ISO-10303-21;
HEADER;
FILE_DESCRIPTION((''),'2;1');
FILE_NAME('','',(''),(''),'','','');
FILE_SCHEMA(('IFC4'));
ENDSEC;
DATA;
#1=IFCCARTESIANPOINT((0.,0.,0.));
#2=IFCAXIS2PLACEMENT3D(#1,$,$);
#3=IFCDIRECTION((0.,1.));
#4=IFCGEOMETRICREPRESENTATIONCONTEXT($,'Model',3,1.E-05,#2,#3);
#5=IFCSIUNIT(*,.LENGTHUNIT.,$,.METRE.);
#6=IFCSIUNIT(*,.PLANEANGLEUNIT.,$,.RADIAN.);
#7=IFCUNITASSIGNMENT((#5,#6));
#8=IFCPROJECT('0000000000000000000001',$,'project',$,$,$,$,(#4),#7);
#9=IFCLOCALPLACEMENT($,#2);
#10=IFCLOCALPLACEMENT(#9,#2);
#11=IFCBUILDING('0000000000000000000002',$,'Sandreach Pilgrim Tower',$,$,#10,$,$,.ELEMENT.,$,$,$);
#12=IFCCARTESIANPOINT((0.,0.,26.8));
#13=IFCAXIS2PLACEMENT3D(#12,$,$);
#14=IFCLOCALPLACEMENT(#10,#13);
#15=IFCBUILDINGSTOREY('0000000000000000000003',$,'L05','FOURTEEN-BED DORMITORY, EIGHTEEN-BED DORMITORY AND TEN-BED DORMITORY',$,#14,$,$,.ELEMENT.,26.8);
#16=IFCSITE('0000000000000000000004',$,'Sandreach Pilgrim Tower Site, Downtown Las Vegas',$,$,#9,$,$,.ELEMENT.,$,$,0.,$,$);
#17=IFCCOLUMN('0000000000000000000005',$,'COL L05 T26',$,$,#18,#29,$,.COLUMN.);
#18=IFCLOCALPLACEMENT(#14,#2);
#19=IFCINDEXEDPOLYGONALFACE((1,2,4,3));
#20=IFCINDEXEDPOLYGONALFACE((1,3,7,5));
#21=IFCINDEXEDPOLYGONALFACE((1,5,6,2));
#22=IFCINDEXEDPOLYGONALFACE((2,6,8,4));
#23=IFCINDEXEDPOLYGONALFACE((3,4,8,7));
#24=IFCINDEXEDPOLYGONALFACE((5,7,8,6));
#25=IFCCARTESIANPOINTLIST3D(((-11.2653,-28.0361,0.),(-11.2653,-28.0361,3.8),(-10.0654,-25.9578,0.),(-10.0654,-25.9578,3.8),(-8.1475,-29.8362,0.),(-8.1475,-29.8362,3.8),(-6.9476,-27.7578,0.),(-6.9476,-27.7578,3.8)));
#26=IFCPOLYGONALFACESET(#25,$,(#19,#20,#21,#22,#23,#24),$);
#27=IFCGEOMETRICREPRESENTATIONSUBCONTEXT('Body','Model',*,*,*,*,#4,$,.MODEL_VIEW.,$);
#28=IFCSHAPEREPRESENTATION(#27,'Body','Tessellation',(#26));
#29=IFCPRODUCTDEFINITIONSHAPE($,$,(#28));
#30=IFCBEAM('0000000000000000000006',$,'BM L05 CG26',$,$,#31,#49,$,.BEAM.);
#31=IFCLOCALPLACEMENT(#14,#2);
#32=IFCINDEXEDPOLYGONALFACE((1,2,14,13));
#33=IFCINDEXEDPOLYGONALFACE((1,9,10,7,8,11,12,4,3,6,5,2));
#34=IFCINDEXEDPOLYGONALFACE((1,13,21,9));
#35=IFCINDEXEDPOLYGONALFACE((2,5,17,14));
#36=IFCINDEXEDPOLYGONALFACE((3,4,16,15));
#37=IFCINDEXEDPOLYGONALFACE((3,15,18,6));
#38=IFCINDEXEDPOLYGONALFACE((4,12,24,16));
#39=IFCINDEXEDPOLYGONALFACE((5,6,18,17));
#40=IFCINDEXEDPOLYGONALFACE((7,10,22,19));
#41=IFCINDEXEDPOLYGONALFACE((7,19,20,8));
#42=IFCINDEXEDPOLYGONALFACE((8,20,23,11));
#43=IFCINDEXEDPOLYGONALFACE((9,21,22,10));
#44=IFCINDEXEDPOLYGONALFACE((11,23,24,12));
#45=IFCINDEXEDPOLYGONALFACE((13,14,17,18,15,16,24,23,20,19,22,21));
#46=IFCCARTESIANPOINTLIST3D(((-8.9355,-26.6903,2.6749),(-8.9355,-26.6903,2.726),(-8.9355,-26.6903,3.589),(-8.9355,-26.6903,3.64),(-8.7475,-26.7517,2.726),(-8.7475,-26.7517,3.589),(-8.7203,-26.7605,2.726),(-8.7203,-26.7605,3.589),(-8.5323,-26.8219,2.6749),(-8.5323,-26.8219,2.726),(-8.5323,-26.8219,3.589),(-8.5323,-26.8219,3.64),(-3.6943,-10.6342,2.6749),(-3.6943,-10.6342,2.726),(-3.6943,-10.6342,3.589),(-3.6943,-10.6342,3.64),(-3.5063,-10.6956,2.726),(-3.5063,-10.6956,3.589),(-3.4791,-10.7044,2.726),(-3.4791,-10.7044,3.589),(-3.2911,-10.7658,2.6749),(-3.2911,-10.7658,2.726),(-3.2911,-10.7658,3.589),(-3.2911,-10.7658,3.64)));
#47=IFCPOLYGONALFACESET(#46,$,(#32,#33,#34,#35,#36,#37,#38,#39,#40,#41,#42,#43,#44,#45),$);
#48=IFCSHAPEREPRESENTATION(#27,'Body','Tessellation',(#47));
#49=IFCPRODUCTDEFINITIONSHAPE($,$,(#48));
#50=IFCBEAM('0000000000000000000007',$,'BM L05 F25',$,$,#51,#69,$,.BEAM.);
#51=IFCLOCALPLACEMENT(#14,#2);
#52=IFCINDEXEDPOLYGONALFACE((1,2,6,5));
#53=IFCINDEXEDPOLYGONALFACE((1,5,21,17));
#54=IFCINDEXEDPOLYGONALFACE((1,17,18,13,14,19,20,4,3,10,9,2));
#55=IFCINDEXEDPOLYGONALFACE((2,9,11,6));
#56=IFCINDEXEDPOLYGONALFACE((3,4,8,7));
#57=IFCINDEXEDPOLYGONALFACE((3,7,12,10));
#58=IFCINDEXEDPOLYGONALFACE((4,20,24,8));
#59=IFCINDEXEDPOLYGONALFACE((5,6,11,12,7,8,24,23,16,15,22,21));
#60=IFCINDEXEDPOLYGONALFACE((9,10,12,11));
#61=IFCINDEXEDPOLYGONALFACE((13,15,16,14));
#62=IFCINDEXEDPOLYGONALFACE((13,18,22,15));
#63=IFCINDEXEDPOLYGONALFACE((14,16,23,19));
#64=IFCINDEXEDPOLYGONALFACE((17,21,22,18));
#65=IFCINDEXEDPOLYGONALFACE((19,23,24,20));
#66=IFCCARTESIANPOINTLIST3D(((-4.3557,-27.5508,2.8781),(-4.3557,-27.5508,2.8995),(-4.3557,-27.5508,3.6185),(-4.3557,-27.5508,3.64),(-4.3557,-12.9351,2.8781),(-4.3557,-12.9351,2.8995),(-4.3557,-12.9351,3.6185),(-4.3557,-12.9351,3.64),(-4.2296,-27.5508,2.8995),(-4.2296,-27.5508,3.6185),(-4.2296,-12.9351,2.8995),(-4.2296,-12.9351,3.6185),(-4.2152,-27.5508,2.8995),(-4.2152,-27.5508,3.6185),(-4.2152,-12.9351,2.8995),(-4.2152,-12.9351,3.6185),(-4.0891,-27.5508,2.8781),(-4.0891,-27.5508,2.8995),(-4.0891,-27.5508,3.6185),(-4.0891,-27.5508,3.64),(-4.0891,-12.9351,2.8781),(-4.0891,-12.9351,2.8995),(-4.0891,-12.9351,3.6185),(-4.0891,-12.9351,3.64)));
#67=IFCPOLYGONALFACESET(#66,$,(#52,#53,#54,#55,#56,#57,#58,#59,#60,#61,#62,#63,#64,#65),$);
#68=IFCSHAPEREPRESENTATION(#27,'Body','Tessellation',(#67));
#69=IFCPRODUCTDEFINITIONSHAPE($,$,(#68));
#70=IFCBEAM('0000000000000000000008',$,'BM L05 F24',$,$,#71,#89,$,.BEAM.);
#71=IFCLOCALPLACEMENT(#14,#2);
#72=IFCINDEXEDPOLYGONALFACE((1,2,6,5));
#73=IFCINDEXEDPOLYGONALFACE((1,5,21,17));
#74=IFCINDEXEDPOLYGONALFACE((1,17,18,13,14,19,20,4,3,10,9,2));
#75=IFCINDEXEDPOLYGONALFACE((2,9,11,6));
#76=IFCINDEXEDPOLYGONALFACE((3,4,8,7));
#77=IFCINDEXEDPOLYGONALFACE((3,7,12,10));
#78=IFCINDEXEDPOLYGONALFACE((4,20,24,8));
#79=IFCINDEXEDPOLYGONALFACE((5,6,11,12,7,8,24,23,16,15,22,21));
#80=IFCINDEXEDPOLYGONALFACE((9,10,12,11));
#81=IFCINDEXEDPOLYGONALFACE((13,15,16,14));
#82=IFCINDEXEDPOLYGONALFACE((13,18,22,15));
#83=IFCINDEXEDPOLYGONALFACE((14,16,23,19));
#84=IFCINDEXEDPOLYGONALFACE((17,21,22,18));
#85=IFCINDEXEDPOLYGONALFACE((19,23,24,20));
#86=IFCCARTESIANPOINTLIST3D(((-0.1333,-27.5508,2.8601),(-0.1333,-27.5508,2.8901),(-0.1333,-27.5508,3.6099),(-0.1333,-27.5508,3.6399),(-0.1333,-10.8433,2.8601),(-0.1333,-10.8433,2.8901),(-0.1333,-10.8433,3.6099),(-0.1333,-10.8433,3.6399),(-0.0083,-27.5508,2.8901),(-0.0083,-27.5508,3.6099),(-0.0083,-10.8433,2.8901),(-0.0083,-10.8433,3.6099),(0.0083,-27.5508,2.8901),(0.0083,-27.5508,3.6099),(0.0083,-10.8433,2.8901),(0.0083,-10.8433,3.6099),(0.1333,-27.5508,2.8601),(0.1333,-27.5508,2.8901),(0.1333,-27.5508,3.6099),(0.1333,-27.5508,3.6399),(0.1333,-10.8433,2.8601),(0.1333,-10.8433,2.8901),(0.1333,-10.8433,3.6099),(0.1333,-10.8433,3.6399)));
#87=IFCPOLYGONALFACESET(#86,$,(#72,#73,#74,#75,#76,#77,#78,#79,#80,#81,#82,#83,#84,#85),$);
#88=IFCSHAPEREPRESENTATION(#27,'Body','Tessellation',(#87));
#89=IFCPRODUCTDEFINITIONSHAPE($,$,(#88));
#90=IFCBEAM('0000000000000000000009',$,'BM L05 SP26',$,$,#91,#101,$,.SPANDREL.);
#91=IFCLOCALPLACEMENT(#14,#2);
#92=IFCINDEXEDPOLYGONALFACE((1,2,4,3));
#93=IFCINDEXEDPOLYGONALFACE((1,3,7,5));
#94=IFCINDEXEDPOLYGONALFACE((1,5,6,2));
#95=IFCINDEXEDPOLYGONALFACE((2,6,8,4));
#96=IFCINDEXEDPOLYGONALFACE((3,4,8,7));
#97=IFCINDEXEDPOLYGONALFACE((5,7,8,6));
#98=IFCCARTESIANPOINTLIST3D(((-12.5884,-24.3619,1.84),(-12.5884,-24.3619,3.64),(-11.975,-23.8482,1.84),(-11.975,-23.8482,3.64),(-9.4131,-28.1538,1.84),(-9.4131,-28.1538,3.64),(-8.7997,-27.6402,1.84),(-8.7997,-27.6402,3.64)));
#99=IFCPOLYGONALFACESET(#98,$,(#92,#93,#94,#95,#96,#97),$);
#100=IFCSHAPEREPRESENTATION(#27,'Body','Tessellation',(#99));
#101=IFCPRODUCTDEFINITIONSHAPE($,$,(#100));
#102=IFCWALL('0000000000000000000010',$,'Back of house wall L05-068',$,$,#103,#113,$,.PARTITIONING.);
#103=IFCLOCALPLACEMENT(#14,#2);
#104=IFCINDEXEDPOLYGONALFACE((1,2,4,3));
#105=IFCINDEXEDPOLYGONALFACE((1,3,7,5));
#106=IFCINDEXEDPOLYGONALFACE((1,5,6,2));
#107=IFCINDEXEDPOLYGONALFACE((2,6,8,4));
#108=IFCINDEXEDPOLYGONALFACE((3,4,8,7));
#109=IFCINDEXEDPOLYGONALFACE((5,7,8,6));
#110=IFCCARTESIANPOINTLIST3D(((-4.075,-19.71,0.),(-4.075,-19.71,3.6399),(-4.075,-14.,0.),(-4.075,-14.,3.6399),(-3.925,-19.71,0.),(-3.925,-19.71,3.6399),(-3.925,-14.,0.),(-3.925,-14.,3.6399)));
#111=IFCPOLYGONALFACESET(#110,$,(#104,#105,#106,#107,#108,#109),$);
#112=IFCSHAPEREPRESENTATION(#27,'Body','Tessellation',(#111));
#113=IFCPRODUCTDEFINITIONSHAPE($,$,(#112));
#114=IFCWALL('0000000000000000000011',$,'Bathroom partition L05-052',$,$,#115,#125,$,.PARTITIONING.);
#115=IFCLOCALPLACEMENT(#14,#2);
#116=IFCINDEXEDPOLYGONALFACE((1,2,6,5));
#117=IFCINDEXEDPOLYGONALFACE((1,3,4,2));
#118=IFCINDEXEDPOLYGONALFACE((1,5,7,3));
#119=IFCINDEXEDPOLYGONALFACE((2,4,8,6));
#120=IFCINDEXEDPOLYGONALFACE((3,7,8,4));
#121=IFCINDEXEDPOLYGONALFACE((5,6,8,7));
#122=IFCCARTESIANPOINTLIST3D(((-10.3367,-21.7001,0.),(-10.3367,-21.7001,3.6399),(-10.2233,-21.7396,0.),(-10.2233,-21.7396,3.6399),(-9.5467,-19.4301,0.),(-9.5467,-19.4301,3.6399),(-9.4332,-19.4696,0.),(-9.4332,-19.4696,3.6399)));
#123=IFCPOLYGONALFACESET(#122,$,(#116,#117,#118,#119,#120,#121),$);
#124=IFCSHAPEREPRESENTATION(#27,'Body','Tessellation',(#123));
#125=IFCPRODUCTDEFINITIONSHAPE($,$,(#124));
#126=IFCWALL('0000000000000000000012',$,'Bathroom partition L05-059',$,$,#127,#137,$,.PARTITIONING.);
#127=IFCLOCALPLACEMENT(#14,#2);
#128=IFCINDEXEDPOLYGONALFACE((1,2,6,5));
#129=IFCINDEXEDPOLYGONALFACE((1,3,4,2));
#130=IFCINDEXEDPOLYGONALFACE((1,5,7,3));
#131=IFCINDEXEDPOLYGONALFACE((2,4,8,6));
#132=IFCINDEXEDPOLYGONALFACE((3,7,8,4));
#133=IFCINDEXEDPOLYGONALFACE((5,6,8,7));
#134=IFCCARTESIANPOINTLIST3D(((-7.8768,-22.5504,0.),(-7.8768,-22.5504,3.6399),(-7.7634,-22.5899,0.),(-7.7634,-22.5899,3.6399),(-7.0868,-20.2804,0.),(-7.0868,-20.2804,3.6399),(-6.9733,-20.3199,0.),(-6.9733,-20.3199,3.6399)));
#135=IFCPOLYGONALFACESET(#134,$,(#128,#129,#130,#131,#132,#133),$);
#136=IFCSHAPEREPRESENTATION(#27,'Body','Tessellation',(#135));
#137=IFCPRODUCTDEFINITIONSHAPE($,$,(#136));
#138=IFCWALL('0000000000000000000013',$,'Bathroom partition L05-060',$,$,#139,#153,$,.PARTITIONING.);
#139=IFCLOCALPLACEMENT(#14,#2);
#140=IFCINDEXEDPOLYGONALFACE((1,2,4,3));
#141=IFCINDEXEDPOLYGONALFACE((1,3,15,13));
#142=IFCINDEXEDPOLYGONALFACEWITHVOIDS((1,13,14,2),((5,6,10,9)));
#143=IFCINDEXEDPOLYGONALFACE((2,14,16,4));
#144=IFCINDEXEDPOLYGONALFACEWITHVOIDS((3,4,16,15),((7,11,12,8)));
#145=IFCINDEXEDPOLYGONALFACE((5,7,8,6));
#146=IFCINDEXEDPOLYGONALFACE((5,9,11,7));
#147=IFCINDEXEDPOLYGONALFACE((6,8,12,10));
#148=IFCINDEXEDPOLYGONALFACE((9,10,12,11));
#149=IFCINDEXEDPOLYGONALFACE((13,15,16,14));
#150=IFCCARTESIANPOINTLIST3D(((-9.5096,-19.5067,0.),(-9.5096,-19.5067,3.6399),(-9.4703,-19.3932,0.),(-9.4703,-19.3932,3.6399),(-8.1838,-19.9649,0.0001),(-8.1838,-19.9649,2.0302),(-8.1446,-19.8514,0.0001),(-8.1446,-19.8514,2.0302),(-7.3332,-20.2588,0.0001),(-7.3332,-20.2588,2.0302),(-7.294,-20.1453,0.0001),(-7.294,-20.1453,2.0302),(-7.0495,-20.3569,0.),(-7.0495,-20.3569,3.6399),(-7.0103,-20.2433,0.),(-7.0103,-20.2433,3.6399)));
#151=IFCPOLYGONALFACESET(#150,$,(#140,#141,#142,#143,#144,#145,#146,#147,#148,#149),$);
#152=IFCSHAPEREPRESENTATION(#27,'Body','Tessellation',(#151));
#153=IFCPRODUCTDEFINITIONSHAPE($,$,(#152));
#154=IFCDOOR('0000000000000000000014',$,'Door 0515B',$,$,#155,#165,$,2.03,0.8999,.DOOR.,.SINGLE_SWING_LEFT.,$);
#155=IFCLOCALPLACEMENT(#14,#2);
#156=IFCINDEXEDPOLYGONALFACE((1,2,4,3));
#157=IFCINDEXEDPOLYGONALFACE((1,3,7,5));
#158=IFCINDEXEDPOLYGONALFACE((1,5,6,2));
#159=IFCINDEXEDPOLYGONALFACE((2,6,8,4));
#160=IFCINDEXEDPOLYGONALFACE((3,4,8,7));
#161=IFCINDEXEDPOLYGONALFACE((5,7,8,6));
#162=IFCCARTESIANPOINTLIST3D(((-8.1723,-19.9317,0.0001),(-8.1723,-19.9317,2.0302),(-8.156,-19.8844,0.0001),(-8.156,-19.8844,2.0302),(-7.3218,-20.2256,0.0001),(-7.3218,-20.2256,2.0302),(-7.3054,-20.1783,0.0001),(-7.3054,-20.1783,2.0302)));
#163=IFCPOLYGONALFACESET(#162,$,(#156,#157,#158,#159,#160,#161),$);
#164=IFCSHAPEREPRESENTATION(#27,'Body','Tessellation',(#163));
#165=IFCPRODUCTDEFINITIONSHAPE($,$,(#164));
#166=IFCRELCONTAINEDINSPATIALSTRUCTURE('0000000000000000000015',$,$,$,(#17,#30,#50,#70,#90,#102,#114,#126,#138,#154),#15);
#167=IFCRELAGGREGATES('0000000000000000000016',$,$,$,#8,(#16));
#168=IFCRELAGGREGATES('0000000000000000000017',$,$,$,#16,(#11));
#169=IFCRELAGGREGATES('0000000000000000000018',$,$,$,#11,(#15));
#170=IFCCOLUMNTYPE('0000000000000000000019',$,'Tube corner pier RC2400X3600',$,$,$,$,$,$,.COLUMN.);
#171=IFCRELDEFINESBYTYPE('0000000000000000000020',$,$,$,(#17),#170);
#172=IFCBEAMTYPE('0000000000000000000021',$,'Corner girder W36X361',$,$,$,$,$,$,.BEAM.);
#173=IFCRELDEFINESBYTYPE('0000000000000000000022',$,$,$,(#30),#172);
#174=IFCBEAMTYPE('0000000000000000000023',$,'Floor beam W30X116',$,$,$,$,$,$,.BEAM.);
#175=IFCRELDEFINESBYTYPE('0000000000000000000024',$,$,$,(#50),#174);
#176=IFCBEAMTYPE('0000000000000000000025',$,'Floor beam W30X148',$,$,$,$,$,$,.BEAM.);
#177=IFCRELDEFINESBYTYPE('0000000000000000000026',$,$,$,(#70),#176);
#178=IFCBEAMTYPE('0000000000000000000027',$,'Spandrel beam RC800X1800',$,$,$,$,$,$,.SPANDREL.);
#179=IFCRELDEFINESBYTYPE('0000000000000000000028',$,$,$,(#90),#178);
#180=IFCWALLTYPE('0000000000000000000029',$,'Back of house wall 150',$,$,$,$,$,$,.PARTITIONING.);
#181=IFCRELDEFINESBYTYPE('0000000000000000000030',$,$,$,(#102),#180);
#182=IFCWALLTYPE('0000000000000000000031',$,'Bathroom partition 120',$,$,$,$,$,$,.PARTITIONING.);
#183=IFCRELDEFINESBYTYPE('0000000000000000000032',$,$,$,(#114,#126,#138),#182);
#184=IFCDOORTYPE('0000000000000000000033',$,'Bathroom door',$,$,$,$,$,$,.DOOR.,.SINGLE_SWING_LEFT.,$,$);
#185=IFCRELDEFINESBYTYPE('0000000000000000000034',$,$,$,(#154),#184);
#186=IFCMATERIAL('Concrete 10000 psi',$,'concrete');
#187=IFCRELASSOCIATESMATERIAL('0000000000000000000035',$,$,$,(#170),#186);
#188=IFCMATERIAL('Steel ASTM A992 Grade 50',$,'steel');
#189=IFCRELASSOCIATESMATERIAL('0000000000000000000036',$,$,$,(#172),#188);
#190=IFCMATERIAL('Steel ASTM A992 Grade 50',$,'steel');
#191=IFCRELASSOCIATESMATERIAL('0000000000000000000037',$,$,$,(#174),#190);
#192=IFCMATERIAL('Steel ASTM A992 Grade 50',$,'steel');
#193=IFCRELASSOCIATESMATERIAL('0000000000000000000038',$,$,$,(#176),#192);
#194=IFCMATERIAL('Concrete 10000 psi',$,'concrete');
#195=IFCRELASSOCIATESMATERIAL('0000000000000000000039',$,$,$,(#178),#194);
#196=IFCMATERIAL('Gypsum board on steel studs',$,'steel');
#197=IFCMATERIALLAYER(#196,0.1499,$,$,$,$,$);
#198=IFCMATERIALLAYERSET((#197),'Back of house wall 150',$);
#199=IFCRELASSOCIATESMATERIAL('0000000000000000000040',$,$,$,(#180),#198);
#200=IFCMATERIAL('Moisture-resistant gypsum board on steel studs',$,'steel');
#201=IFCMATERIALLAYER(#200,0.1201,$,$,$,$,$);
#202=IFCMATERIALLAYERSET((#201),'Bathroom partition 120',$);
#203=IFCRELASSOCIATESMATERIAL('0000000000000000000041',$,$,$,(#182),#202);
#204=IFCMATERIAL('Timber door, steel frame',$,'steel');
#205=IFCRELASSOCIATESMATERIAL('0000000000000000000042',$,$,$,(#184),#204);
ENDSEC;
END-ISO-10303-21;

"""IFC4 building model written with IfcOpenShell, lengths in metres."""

from ifc_helpers import new_model, si_unit, direction, frame, frame_2d, origin, origin_2d, place, context, subcontext, project, spatial, rectangle, i_section, extrude, material, layer, layer_set, material_profile, profile_set, type_object, element, fill, save


model = new_model("IFC4")

# Units and contexts
model_context = context("Model", 3, precision=1e-05, world=origin(), true_north=direction((0.0, 1.0)))
body_context = subcontext(model_context, "Body", "Model", "MODEL_VIEW")
ifc_project = project(units=[si_unit("LENGTHUNIT", "METRE"), si_unit("PLANEANGLEUNIT", "RADIAN")], contexts=[model_context])

# Site, building, storey
site_placement = place(None, origin())
site = spatial("IfcSite", under=ifc_project, at=site_placement, Name="Sandreach Pilgrim Tower Site, Downtown Las Vegas", CompositionType="ELEMENT", RefElevation=0.0)
building_placement = place(site_placement, origin())
building = spatial("IfcBuilding", under=site, at=building_placement, Name="Sandreach Pilgrim Tower", CompositionType="ELEMENT")
storey_placement = place(building_placement, frame((0.0, 0.0, 26.8)))
storey = spatial("IfcBuildingStorey", under=building, at=storey_placement, Name="L05", Description="FOURTEEN-BED DORMITORY, EIGHTEEN-BED DORMITORY AND TEN-BED DORMITORY", CompositionType="ELEMENT", Elevation=26.8)

# Column
ifc_material_1 = material(Name="Concrete 10000 psi", Category="concrete")
ifc_material_profile_1 = material_profile(ifc_material_1, rectangle(XDim=2.3999, YDim=3.6001, at=origin_2d()), Name="RC2400X3600")
ifc_profile_set_1 = profile_set([ifc_material_profile_1], Name="Concrete 10000 psi")
column_type = type_object("IfcColumnType", Name="Tube corner pier RC2400X3600", PredefinedType="COLUMN", material=ifc_profile_set_1)
column_placement = place(storey_placement, frame((-9.1064, -27.897, 0.0), z_axis=(0.0, 0.0, 1.0), x_axis=(-0.5, -0.866025, 0.0)))
element("IfcColumn", 1, at=column_placement, inside=storey, type_object=column_type, Name="COL L05 T26", PredefinedType="COLUMN", context=body_context, shape_type="SweptSolid", body=[
    extrude(rectangle(XDim=2.3999, YDim=3.6001, at=origin_2d()), origin(), (0.0, 0.0, 1.0), 3.8),
])

# Beams
ifc_material_2 = material(Name="Steel ASTM A992 Grade 50", Category="steel")
ifc_material_profile_2 = material_profile(ifc_material_2, i_section(OverallWidth=0.4241, OverallDepth=0.9651, WebThickness=0.0286, FlangeThickness=0.051, at=origin_2d()), Name="W36X361")
ifc_profile_set_2 = profile_set([ifc_material_profile_2], Name="Steel ASTM A992 Grade 50")
beam_type_1 = type_object("IfcBeamType", Name="Corner girder W36X361", PredefinedType="BEAM", material=ifc_profile_set_2)
beam_1_placement = place(storey_placement, frame((-8.7339, -26.7561, 3.1575), z_axis=(0.310315, 0.950634, 0.0), x_axis=(-0.950634, 0.310315, 0.0)))
element("IfcBeam", 2, at=beam_1_placement, inside=storey, type_object=beam_type_1, Name="BM L05 CG26", PredefinedType="BEAM", context=body_context, shape_type="SweptSolid", body=[
    extrude(i_section(OverallWidth=0.4241, OverallDepth=0.9651, WebThickness=0.0286, FlangeThickness=0.051, at=origin_2d()), origin(), (0.0, 0.0, 1.0), 16.8899),
])
ifc_material_3 = material(Name="Steel ASTM A992 Grade 50", Category="steel")
ifc_material_profile_3 = material_profile(ifc_material_3, i_section(OverallWidth=0.2666, OverallDepth=0.762, WebThickness=0.0144, FlangeThickness=0.0215, at=origin_2d()), Name="W30X116")
ifc_profile_set_3 = profile_set([ifc_material_profile_3], Name="Steel ASTM A992 Grade 50")
beam_type_2 = type_object("IfcBeamType", Name="Floor beam W30X116", PredefinedType="BEAM", material=ifc_profile_set_3)
beam_2_placement = place(storey_placement, frame((-4.2224, -27.5508, 3.259), z_axis=(0.0, 1.0, 0.0), x_axis=(-1.0, 0.0, 0.0)))
element("IfcBeam", 3, at=beam_2_placement, inside=storey, type_object=beam_type_2, Name="BM L05 F25", PredefinedType="BEAM", context=body_context, shape_type="SweptSolid", body=[
    extrude(i_section(OverallWidth=0.2666, OverallDepth=0.762, WebThickness=0.0144, FlangeThickness=0.0215, at=origin_2d()), origin(), (0.0, 0.0, 1.0), 14.6157),
])
ifc_material_4 = material(Name="Steel ASTM A992 Grade 50", Category="steel")
ifc_material_profile_4 = material_profile(ifc_material_4, i_section(OverallWidth=0.2666, OverallDepth=0.7798, WebThickness=0.0166, FlangeThickness=0.03, at=origin_2d()), Name="W30X148")
ifc_profile_set_4 = profile_set([ifc_material_profile_4], Name="Steel ASTM A992 Grade 50")
beam_type_3 = type_object("IfcBeamType", Name="Floor beam W30X148", PredefinedType="BEAM", material=ifc_profile_set_4)
beam_3_placement = place(storey_placement, frame((0.0, -27.5508, 3.25), z_axis=(0.0, 1.0, 0.0), x_axis=(-1.0, 0.0, 0.0)))
element("IfcBeam", 4, at=beam_3_placement, inside=storey, type_object=beam_type_3, Name="BM L05 F24", PredefinedType="BEAM", context=body_context, shape_type="SweptSolid", body=[
    extrude(i_section(OverallWidth=0.2666, OverallDepth=0.7798, WebThickness=0.0166, FlangeThickness=0.03, at=origin_2d()), origin(), (0.0, 0.0, 1.0), 16.7075),
])
ifc_material_5 = material(Name="Concrete 10000 psi", Category="concrete")
ifc_material_profile_5 = material_profile(ifc_material_5, rectangle(XDim=0.8, YDim=1.8, at=origin_2d()), Name="RC800X1800")
ifc_profile_set_5 = profile_set([ifc_material_profile_5], Name="Concrete 10000 psi")
beam_type_4 = type_object("IfcBeamType", Name="Spandrel beam RC800X1800", PredefinedType="SPANDREL", material=ifc_profile_set_5)
beam_4_placement = place(storey_placement, frame((-9.1064, -27.897, 2.74), z_axis=(-0.642008, 0.766698, 0.0), x_axis=(-0.766698, -0.642008, 0.0)))
element("IfcBeam", 5, at=beam_4_placement, inside=storey, type_object=beam_type_4, Name="BM L05 SP26", PredefinedType="SPANDREL", context=body_context, shape_type="SweptSolid", body=[
    extrude(rectangle(XDim=0.8, YDim=1.8, at=origin_2d()), origin(), (0.0, 0.0, 1.0), 4.9458),
])

# Walls
ifc_material_6 = material(Name="Gypsum board on steel studs", Category="steel")
ifc_layer_1 = layer(ifc_material_6, 0.1499)
ifc_layer_set_1 = layer_set([ifc_layer_1], Name="Back of house wall 150")
wall_type_1 = type_object("IfcWallType", Name="Back of house wall 150", PredefinedType="PARTITIONING", material=ifc_layer_set_1)
wall_1_placement = place(storey_placement, frame((-4.0, -14.0, 0.0), z_axis=(0.0, 0.0, 1.0), x_axis=(0.0, -1.0, 0.0)))
element("IfcWall", 6, at=wall_1_placement, inside=storey, type_object=wall_type_1, Name="Back of house wall L05-068", PredefinedType="PARTITIONING", context=body_context, shape_type="SweptSolid", body=[
    extrude(rectangle(XDim=5.71, YDim=0.1499, at=frame_2d((2.855, 0.0))), origin(), (0.0, 0.0, 1.0), 3.6399),
])
ifc_material_7 = material(Name="Moisture-resistant gypsum board on steel studs", Category="steel")
ifc_layer_2 = layer(ifc_material_7, 0.1201)
ifc_layer_set_2 = layer_set([ifc_layer_2], Name="Bathroom partition 120")
wall_type_2 = type_object("IfcWallType", Name="Bathroom partition 120", PredefinedType="PARTITIONING", material=ifc_layer_set_2)
for number, where, z_axis, x_axis, name in (
    (7, (-9.49, -19.45, 0.0), (0.0, 0.0, 1.0), (-0.328694, -0.944436, 0.0), "Bathroom partition L05-052"),
    (8, (-7.8201, -22.5701, 0.0), (0.0, 0.0, 1.0), (0.328694, 0.944436, 0.0), "Bathroom partition L05-059"),
):
    element("IfcWall", number, at=place(storey_placement, frame(where, z_axis=z_axis, x_axis=x_axis)), inside=storey, type_object=wall_type_2, Name=name, PredefinedType="PARTITIONING", context=body_context, shape_type="SweptSolid", body=[
        extrude(rectangle(XDim=2.4036, YDim=0.1201, at=frame_2d((1.2017, 0.0))), origin(), (0.0, 0.0, 1.0), 3.6399),
    ])

# Wall, opening, door
wall_2_placement = place(storey_placement, frame((-7.03, -20.3, 0.0), z_axis=(0.0, 0.0, 1.0), x_axis=(-0.945155, 0.326621, 0.0)))
wall_2 = element("IfcWall", 9, at=wall_2_placement, inside=storey, type_object=wall_type_2, Name="Bathroom partition L05-060", PredefinedType="PARTITIONING", context=body_context, shape_type="SweptSolid", body=[
    extrude(rectangle(XDim=2.6028, YDim=0.1201, at=frame_2d((1.3013, 0.0))), origin(), (0.0, 0.0, 1.0), 3.6399),
])
opening_1_placement = place(wall_2_placement, frame((0.3, 0.0, 0.0)))
opening_1 = element("IfcOpeningElement", 10, at=opening_1_placement, cuts=wall_2, PredefinedType="OPENING", context=body_context, shape_type="SweptSolid", body=[
    extrude(rectangle(XDim=0.8999, YDim=2.03, at=frame_2d((0.45, 1.0151))), frame((0.0, 0.0601, 0.0), z_axis=(0.0, -1.0, 0.0), x_axis=(1.0, 0.0, 0.0)), (0.0, 0.0, 1.0), 0.1201),
])
ifc_material_8 = material(Name="Timber door, steel frame", Category="steel")
door_type_1 = type_object("IfcDoorType", Name="Bathroom door", OperationType="SINGLE_SWING_LEFT", PredefinedType="DOOR", material=ifc_material_8)
door_1_placement = place(opening_1_placement, origin())
door_1 = element("IfcDoor", 11, at=door_1_placement, inside=storey, type_object=door_type_1, Name="Door 0515B", OperationType="SINGLE_SWING_LEFT", OverallHeight=2.03, OverallWidth=0.8999, PredefinedType="DOOR", context=body_context, shape_type="SweptSolid", body=[
    extrude(rectangle(XDim=0.8999, YDim=2.03, at=frame_2d((0.45, 1.0151))), frame((0.0, 0.0249, 0.0), z_axis=(0.0, -1.0, 0.0), x_axis=(1.0, 0.0, 0.0)), (0.0, 0.0, 1.0), 0.05),
])
fill(opening_1, door_1)

save(model, "model.ifc")
